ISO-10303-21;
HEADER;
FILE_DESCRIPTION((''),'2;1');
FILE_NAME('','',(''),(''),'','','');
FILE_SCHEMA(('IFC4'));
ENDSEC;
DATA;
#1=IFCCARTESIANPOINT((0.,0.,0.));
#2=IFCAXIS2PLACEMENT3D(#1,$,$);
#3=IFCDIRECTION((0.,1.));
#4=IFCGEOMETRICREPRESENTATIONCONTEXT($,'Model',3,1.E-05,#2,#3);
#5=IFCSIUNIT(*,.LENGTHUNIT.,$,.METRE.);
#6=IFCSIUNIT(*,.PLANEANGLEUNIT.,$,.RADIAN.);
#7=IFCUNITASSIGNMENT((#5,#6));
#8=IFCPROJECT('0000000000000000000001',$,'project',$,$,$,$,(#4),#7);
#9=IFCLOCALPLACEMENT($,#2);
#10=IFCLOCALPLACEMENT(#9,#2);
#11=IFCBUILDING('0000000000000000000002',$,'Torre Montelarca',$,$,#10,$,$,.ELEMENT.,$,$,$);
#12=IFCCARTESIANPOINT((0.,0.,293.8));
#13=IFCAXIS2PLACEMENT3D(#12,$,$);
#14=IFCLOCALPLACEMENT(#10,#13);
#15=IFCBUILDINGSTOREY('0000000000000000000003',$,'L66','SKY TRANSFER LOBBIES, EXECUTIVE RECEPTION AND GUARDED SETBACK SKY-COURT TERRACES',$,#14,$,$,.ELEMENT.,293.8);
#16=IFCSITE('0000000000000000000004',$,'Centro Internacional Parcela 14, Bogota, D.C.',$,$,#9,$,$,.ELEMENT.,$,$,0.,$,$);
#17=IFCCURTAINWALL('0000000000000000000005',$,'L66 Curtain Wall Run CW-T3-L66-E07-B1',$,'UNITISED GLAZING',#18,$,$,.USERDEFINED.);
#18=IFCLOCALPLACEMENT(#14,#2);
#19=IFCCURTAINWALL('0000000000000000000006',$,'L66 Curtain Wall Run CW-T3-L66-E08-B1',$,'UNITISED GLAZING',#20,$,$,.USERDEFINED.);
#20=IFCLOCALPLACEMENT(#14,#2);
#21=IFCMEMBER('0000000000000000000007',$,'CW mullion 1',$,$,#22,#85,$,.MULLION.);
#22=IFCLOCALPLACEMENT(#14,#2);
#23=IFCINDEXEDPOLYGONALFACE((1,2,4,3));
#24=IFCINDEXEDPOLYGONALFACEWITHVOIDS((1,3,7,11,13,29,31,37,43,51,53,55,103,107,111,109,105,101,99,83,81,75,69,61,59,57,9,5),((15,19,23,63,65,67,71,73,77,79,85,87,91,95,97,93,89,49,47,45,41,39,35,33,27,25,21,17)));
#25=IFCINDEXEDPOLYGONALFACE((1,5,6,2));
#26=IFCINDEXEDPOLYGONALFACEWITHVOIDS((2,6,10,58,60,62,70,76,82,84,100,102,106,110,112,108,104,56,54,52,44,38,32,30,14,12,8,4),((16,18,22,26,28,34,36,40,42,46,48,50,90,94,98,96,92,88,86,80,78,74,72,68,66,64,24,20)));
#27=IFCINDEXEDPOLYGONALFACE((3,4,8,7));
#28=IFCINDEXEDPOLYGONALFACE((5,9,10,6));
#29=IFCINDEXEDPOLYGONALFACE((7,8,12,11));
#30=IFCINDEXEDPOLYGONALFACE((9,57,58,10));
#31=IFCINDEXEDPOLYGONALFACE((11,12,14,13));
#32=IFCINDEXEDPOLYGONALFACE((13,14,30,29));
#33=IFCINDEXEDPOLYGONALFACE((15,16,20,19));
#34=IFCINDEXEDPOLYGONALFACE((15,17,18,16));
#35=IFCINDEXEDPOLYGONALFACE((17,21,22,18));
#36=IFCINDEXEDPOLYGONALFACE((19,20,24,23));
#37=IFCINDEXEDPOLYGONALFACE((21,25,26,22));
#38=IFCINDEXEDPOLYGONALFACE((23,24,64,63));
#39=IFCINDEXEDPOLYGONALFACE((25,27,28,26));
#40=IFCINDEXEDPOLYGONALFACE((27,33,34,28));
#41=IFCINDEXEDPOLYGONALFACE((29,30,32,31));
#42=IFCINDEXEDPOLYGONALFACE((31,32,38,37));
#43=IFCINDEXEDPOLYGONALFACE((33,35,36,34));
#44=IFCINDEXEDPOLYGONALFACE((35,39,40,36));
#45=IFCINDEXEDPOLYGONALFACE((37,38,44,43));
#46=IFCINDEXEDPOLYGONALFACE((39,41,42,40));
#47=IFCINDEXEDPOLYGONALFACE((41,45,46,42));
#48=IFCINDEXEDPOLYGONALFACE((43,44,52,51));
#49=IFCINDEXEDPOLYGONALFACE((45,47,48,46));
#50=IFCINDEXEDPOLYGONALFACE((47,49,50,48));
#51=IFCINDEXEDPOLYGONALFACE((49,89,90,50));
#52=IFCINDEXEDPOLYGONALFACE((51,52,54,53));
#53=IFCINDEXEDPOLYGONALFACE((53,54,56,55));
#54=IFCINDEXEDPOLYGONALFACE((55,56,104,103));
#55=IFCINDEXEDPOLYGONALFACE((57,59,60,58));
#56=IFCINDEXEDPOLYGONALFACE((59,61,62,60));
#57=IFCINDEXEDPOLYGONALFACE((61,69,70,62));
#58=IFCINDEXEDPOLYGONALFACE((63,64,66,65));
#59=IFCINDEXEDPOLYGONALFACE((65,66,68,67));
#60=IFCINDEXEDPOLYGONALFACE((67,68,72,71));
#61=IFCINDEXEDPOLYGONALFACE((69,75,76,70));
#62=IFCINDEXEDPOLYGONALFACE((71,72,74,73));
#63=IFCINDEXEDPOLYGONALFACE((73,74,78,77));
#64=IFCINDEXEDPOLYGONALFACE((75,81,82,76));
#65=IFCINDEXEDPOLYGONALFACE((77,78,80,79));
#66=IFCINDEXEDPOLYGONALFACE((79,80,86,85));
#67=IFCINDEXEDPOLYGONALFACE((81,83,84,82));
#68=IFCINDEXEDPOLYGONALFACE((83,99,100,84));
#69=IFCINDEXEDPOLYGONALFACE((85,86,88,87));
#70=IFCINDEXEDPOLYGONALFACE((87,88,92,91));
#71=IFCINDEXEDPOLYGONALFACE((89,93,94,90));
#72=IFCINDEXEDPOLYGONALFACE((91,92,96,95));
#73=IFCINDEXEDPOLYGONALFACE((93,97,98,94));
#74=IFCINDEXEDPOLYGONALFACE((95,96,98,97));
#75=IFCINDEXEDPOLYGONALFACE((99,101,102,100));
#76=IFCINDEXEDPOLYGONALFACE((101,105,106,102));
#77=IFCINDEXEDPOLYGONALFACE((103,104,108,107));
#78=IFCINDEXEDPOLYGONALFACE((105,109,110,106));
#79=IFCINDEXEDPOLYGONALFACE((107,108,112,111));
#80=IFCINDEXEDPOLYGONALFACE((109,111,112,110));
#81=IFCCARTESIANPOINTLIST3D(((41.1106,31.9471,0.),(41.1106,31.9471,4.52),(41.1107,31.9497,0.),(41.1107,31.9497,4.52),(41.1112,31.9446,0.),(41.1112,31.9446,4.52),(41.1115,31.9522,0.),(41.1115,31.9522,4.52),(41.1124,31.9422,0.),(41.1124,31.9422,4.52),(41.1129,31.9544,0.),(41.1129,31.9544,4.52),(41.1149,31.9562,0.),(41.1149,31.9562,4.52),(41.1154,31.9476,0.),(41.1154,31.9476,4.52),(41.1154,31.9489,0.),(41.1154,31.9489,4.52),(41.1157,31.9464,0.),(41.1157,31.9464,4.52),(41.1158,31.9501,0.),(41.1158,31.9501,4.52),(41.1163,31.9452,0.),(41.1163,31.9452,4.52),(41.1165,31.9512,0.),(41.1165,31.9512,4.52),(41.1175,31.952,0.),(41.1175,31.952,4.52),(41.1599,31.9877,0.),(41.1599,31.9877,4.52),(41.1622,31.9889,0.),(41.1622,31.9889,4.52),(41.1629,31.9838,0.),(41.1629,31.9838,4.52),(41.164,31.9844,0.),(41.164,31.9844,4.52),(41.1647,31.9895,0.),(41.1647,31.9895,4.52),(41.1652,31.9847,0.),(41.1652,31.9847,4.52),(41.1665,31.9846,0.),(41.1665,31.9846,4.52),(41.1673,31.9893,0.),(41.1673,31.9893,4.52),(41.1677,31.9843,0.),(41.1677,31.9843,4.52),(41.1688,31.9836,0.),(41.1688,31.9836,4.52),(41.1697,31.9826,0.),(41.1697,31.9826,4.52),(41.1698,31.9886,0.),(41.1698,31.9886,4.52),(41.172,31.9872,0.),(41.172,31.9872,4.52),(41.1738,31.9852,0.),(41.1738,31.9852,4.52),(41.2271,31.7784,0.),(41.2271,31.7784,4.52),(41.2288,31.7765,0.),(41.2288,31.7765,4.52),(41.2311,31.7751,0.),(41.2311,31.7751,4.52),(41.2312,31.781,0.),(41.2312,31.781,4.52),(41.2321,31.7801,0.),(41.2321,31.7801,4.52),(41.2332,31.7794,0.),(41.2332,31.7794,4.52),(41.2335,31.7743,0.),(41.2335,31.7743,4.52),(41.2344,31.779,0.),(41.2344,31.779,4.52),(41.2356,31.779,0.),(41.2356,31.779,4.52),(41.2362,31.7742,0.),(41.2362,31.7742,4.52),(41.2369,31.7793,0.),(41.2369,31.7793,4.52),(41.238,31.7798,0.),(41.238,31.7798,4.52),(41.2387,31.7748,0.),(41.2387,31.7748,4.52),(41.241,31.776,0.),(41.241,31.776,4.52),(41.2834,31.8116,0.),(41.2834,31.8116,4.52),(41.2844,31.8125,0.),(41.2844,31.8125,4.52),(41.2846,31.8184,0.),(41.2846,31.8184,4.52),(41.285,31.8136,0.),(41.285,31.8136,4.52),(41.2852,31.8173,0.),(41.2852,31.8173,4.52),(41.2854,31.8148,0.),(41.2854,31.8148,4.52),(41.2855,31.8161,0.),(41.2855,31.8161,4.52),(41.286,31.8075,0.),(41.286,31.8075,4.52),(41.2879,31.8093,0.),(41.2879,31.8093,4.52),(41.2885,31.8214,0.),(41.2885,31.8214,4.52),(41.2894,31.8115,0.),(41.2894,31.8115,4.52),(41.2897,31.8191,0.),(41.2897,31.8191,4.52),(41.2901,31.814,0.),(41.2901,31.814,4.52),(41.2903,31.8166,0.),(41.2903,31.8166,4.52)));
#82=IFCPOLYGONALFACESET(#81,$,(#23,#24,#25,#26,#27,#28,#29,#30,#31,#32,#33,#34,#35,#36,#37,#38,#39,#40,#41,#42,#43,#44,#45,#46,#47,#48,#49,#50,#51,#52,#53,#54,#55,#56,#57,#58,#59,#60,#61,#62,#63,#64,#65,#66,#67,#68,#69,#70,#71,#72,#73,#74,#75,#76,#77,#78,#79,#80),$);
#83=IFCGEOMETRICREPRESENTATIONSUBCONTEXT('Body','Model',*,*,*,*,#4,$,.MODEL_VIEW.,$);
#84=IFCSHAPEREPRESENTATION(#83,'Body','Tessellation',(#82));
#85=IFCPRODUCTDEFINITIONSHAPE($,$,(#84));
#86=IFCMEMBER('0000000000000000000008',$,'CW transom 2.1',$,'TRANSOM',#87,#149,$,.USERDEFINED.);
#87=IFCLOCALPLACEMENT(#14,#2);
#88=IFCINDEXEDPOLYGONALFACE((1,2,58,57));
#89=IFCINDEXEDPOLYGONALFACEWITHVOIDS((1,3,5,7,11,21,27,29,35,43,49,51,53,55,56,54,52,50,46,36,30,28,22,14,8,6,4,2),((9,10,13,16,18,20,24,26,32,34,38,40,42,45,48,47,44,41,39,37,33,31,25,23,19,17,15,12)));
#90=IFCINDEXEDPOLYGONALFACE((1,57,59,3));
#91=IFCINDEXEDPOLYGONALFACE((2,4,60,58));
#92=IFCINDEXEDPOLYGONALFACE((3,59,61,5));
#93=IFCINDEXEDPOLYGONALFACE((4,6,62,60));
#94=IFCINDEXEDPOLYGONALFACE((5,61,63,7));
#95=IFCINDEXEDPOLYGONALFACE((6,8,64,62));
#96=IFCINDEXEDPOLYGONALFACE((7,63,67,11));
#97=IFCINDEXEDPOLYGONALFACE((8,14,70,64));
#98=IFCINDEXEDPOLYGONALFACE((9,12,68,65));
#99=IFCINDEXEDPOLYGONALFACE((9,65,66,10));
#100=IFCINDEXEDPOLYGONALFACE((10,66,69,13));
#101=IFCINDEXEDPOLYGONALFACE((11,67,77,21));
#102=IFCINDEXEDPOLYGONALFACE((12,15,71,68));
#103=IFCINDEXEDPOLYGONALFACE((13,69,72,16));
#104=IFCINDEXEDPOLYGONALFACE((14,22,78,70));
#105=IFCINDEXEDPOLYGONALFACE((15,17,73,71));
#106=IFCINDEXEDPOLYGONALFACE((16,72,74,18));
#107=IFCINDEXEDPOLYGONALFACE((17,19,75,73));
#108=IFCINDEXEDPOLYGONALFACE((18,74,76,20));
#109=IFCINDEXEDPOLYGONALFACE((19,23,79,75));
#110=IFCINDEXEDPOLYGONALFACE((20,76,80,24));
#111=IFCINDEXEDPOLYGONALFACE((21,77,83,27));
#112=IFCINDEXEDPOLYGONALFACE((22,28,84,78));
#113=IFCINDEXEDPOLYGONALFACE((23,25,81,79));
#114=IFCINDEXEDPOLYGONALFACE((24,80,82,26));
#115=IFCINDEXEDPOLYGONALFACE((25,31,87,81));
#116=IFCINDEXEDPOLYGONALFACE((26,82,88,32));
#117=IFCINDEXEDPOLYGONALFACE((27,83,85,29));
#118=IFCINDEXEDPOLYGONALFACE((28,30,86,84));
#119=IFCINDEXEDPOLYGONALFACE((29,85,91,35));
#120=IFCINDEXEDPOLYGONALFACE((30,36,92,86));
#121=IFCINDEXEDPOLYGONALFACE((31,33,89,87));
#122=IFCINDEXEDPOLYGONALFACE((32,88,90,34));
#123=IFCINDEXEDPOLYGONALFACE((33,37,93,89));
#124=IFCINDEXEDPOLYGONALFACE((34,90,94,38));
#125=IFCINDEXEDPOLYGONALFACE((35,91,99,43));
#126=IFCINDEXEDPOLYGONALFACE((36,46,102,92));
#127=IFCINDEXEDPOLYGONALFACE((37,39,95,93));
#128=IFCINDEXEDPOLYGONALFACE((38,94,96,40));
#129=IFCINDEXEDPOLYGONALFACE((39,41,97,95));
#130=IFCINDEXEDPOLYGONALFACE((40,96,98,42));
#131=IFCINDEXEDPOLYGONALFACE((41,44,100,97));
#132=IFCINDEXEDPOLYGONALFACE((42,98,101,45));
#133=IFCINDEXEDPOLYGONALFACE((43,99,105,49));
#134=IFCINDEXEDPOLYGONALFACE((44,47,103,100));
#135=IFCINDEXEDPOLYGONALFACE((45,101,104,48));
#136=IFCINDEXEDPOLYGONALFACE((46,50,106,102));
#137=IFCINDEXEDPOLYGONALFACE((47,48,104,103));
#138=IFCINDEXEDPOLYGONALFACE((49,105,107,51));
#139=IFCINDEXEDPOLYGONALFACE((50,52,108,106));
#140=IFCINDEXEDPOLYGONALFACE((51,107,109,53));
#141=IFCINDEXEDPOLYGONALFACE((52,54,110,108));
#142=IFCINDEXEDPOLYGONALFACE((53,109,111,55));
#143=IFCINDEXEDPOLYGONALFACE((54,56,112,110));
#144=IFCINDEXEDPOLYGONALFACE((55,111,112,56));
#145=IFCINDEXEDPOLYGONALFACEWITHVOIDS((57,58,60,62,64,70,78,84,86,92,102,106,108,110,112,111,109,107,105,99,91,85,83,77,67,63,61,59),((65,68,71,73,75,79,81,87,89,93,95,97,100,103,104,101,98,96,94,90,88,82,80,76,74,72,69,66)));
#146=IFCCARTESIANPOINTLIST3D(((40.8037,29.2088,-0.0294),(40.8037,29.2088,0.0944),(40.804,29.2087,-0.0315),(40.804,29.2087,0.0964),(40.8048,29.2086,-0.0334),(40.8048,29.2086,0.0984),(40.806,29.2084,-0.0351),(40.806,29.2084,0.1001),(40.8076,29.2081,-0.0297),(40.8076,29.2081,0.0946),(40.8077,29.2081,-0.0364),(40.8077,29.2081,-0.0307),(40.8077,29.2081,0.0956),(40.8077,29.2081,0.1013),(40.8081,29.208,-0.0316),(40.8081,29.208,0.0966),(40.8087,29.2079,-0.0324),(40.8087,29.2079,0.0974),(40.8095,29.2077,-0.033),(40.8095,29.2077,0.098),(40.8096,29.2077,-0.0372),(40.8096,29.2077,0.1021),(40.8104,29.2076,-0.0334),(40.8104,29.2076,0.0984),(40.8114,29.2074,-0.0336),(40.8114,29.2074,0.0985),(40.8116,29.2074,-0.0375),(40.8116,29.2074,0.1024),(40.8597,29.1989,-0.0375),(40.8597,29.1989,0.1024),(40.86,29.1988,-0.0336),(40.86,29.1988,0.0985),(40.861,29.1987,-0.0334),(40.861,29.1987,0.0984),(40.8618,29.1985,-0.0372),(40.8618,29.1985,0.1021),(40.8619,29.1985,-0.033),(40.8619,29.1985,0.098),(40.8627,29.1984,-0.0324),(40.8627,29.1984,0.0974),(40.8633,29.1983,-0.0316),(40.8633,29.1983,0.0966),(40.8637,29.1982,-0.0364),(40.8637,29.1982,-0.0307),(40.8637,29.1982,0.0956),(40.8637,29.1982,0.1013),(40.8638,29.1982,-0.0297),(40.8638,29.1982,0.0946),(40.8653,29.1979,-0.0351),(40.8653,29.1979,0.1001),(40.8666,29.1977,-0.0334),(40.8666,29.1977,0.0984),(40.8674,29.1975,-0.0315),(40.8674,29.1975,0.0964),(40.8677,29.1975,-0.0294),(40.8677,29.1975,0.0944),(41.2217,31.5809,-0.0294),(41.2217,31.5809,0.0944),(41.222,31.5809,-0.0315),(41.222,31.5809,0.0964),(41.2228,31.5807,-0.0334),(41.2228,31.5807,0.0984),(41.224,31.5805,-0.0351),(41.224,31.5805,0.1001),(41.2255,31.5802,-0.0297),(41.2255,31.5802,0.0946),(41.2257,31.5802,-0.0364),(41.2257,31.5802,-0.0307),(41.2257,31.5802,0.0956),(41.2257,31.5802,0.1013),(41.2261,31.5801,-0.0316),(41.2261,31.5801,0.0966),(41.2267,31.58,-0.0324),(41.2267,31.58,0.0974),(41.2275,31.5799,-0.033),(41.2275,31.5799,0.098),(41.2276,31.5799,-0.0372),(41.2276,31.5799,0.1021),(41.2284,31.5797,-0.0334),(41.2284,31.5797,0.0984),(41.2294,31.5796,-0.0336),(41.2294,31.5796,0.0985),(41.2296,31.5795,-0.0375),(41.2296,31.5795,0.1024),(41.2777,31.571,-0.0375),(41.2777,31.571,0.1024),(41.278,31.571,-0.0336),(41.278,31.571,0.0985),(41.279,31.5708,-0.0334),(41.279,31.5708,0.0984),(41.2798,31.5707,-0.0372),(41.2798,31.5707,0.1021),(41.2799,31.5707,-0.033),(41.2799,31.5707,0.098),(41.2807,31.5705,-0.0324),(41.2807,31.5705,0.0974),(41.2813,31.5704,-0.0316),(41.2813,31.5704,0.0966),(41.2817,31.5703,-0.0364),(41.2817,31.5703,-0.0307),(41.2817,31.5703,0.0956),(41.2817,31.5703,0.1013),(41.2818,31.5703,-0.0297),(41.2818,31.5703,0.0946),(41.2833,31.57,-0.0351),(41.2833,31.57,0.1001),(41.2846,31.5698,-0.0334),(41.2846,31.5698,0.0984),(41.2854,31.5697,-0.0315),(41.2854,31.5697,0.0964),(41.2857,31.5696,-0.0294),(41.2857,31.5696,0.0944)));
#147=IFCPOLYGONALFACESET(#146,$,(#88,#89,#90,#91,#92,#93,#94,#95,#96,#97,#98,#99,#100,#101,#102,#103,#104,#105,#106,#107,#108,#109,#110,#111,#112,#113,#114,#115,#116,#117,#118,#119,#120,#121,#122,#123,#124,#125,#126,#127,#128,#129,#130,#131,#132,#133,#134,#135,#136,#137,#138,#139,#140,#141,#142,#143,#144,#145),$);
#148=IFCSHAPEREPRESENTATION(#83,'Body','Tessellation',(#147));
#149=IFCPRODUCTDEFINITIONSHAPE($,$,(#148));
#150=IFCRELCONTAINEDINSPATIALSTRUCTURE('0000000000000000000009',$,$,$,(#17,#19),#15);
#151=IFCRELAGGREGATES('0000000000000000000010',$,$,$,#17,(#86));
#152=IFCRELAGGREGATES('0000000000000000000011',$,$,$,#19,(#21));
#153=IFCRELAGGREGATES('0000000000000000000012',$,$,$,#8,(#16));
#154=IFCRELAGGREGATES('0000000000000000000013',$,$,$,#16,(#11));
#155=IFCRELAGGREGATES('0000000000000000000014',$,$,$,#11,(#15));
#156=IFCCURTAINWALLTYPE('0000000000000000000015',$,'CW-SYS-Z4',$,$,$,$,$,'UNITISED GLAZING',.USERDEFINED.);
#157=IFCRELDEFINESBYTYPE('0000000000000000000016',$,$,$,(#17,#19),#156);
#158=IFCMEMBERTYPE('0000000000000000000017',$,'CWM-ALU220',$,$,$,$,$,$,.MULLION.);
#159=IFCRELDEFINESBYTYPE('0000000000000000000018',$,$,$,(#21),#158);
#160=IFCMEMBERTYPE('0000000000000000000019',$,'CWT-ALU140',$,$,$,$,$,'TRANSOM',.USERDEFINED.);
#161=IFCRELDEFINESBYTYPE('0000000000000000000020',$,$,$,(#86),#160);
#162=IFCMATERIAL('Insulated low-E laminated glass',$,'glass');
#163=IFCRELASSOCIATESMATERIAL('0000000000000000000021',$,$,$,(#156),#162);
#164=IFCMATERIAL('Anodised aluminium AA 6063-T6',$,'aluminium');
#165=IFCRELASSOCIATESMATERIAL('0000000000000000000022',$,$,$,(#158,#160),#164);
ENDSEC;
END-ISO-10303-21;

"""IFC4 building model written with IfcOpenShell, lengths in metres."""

from ifc_helpers import new_model, si_unit, direction, frame, origin, origin_2d, place, context, subcontext, project, spatial, hollow_rectangle, extrude, source, transform, mapped, material, material_profile, profile_set, type_object, element, aggregate, save


model = new_model("IFC4")

# Units and contexts
model_context = context("Model", 3, precision=1e-05, world=origin(), true_north=direction((0.0, 1.0)))
body_context = subcontext(model_context, "Body", "Model", "MODEL_VIEW")
ifc_project = project(units=[si_unit("LENGTHUNIT", "METRE"), si_unit("PLANEANGLEUNIT", "RADIAN")], contexts=[model_context])

# Site, building, storey
site_placement = place(None, origin())
site = spatial("IfcSite", under=ifc_project, at=site_placement, Name="Centro Internacional Parcela 14, Bogota, D.C.", CompositionType="ELEMENT", RefElevation=0.0)
building_placement = place(site_placement, origin())
building = spatial("IfcBuilding", under=site, at=building_placement, Name="Torre Montelarca", CompositionType="ELEMENT")
storey_placement = place(building_placement, frame((0.0, 0.0, 293.8)))
storey = spatial("IfcBuildingStorey", under=building, at=storey_placement, Name="L66", Description="SKY TRANSFER LOBBIES, EXECUTIVE RECEPTION AND GUARDED SETBACK SKY-COURT TERRACES", CompositionType="ELEMENT", Elevation=293.8)

# Curtain wall
ifc_material_1 = material(Name="Insulated low-E laminated glass", Category="glass")
curtain_wall_type = type_object("IfcCurtainWallType", Name="CW-SYS-Z4", ElementType="UNITISED GLAZING", PredefinedType="USERDEFINED", material=ifc_material_1)
curtain_wall_1_placement = place(storey_placement, origin())
curtain_wall_1 = element("IfcCurtainWall", 1, at=curtain_wall_1_placement, inside=storey, type_object=curtain_wall_type, Name="L66 Curtain Wall Run CW-T3-L66-E07-B1", ObjectType="UNITISED GLAZING", PredefinedType="USERDEFINED")
ifc_material_2 = material(Name="Anodised aluminium AA 6063-T6", Category="aluminium")
ifc_material_profile_1 = material_profile(ifc_material_2, hollow_rectangle(XDim=0.075, YDim=0.22, WallThickness=0.0049, InnerFilletRadius=0.0049, OuterFilletRadius=0.01, at=origin_2d()), Name="ALU75X220X5", Category="aluminium")
ifc_profile_set_1 = profile_set([ifc_material_profile_1], Name="Anodised aluminium AA 6063-T6")
member_type_1 = type_object("IfcMemberType", Name="CWM-ALU220", PredefinedType="MULLION", material=ifc_profile_set_1)
shared_shape_1 = source(origin(), body_context, "Body", "SweptSolid", [
    extrude(hollow_rectangle(XDim=0.075, YDim=0.22, WallThickness=0.0049, InnerFilletRadius=0.0049, OuterFilletRadius=0.01, at=origin_2d()), origin(), (0.0, 0.0, 1.0), 4.52),
])

# Curtain wall, member
curtain_wall_2_placement = place(storey_placement, origin())
curtain_wall_2 = element("IfcCurtainWall", 2, at=curtain_wall_2_placement, inside=storey, type_object=curtain_wall_type, Name="L66 Curtain Wall Run CW-T3-L66-E08-B1", ObjectType="UNITISED GLAZING", PredefinedType="USERDEFINED")
member_1_placement = place(storey_placement, frame((41.2004, 31.8818, 0.0), z_axis=(0.0, 0.0, 1.0), x_axis=(-0.819156, -0.573571, 0.0)))
member_1 = element("IfcMember", 3, at=member_1_placement, type_object=member_type_1, Name="CW mullion 1", PredefinedType="MULLION", context=body_context, shape_type="MappedRepresentation", body=[
    mapped(shared_shape_1, transform((0.0, 0.0, 0.0), scale=1.0)),
])

# Member
ifc_material_profile_2 = material_profile(ifc_material_2, hollow_rectangle(XDim=0.0649, YDim=0.1399, WallThickness=0.0039, InnerFilletRadius=0.0039, OuterFilletRadius=0.0081, at=origin_2d()), Name="ALU65X140X4", Category="aluminium")
ifc_profile_set_2 = profile_set([ifc_material_profile_2], Name="Anodised aluminium AA 6063-T6")
member_type_2 = type_object("IfcMemberType", Name="CWT-ALU140", ElementType="TRANSOM", PredefinedType="USERDEFINED", material=ifc_profile_set_2)
shared_shape_2 = source(origin(), body_context, "Body", "SweptSolid", [
    extrude(hollow_rectangle(XDim=0.0649, YDim=0.1399, WallThickness=0.0039, InnerFilletRadius=0.0039, OuterFilletRadius=0.0081, at=origin_2d()), origin(), (0.0, 0.0, 1.0), 2.4087),
])
member_2_placement = place(storey_placement, frame((40.8357, 29.2031, 0.0325), z_axis=(0.173531, 0.984828, 0.0), x_axis=(-0.984828, 0.173531, 0.0)))
member_2 = element("IfcMember", 4, at=member_2_placement, type_object=member_type_2, Name="CW transom 2.1", ObjectType="TRANSOM", PredefinedType="USERDEFINED", context=body_context, shape_type="MappedRepresentation", body=[
    mapped(shared_shape_2, transform((0.0, 0.0, 0.0), scale=1.0)),
])

aggregate(curtain_wall_1, [member_2])
aggregate(curtain_wall_2, [member_1])

save(model, "model.ifc")
